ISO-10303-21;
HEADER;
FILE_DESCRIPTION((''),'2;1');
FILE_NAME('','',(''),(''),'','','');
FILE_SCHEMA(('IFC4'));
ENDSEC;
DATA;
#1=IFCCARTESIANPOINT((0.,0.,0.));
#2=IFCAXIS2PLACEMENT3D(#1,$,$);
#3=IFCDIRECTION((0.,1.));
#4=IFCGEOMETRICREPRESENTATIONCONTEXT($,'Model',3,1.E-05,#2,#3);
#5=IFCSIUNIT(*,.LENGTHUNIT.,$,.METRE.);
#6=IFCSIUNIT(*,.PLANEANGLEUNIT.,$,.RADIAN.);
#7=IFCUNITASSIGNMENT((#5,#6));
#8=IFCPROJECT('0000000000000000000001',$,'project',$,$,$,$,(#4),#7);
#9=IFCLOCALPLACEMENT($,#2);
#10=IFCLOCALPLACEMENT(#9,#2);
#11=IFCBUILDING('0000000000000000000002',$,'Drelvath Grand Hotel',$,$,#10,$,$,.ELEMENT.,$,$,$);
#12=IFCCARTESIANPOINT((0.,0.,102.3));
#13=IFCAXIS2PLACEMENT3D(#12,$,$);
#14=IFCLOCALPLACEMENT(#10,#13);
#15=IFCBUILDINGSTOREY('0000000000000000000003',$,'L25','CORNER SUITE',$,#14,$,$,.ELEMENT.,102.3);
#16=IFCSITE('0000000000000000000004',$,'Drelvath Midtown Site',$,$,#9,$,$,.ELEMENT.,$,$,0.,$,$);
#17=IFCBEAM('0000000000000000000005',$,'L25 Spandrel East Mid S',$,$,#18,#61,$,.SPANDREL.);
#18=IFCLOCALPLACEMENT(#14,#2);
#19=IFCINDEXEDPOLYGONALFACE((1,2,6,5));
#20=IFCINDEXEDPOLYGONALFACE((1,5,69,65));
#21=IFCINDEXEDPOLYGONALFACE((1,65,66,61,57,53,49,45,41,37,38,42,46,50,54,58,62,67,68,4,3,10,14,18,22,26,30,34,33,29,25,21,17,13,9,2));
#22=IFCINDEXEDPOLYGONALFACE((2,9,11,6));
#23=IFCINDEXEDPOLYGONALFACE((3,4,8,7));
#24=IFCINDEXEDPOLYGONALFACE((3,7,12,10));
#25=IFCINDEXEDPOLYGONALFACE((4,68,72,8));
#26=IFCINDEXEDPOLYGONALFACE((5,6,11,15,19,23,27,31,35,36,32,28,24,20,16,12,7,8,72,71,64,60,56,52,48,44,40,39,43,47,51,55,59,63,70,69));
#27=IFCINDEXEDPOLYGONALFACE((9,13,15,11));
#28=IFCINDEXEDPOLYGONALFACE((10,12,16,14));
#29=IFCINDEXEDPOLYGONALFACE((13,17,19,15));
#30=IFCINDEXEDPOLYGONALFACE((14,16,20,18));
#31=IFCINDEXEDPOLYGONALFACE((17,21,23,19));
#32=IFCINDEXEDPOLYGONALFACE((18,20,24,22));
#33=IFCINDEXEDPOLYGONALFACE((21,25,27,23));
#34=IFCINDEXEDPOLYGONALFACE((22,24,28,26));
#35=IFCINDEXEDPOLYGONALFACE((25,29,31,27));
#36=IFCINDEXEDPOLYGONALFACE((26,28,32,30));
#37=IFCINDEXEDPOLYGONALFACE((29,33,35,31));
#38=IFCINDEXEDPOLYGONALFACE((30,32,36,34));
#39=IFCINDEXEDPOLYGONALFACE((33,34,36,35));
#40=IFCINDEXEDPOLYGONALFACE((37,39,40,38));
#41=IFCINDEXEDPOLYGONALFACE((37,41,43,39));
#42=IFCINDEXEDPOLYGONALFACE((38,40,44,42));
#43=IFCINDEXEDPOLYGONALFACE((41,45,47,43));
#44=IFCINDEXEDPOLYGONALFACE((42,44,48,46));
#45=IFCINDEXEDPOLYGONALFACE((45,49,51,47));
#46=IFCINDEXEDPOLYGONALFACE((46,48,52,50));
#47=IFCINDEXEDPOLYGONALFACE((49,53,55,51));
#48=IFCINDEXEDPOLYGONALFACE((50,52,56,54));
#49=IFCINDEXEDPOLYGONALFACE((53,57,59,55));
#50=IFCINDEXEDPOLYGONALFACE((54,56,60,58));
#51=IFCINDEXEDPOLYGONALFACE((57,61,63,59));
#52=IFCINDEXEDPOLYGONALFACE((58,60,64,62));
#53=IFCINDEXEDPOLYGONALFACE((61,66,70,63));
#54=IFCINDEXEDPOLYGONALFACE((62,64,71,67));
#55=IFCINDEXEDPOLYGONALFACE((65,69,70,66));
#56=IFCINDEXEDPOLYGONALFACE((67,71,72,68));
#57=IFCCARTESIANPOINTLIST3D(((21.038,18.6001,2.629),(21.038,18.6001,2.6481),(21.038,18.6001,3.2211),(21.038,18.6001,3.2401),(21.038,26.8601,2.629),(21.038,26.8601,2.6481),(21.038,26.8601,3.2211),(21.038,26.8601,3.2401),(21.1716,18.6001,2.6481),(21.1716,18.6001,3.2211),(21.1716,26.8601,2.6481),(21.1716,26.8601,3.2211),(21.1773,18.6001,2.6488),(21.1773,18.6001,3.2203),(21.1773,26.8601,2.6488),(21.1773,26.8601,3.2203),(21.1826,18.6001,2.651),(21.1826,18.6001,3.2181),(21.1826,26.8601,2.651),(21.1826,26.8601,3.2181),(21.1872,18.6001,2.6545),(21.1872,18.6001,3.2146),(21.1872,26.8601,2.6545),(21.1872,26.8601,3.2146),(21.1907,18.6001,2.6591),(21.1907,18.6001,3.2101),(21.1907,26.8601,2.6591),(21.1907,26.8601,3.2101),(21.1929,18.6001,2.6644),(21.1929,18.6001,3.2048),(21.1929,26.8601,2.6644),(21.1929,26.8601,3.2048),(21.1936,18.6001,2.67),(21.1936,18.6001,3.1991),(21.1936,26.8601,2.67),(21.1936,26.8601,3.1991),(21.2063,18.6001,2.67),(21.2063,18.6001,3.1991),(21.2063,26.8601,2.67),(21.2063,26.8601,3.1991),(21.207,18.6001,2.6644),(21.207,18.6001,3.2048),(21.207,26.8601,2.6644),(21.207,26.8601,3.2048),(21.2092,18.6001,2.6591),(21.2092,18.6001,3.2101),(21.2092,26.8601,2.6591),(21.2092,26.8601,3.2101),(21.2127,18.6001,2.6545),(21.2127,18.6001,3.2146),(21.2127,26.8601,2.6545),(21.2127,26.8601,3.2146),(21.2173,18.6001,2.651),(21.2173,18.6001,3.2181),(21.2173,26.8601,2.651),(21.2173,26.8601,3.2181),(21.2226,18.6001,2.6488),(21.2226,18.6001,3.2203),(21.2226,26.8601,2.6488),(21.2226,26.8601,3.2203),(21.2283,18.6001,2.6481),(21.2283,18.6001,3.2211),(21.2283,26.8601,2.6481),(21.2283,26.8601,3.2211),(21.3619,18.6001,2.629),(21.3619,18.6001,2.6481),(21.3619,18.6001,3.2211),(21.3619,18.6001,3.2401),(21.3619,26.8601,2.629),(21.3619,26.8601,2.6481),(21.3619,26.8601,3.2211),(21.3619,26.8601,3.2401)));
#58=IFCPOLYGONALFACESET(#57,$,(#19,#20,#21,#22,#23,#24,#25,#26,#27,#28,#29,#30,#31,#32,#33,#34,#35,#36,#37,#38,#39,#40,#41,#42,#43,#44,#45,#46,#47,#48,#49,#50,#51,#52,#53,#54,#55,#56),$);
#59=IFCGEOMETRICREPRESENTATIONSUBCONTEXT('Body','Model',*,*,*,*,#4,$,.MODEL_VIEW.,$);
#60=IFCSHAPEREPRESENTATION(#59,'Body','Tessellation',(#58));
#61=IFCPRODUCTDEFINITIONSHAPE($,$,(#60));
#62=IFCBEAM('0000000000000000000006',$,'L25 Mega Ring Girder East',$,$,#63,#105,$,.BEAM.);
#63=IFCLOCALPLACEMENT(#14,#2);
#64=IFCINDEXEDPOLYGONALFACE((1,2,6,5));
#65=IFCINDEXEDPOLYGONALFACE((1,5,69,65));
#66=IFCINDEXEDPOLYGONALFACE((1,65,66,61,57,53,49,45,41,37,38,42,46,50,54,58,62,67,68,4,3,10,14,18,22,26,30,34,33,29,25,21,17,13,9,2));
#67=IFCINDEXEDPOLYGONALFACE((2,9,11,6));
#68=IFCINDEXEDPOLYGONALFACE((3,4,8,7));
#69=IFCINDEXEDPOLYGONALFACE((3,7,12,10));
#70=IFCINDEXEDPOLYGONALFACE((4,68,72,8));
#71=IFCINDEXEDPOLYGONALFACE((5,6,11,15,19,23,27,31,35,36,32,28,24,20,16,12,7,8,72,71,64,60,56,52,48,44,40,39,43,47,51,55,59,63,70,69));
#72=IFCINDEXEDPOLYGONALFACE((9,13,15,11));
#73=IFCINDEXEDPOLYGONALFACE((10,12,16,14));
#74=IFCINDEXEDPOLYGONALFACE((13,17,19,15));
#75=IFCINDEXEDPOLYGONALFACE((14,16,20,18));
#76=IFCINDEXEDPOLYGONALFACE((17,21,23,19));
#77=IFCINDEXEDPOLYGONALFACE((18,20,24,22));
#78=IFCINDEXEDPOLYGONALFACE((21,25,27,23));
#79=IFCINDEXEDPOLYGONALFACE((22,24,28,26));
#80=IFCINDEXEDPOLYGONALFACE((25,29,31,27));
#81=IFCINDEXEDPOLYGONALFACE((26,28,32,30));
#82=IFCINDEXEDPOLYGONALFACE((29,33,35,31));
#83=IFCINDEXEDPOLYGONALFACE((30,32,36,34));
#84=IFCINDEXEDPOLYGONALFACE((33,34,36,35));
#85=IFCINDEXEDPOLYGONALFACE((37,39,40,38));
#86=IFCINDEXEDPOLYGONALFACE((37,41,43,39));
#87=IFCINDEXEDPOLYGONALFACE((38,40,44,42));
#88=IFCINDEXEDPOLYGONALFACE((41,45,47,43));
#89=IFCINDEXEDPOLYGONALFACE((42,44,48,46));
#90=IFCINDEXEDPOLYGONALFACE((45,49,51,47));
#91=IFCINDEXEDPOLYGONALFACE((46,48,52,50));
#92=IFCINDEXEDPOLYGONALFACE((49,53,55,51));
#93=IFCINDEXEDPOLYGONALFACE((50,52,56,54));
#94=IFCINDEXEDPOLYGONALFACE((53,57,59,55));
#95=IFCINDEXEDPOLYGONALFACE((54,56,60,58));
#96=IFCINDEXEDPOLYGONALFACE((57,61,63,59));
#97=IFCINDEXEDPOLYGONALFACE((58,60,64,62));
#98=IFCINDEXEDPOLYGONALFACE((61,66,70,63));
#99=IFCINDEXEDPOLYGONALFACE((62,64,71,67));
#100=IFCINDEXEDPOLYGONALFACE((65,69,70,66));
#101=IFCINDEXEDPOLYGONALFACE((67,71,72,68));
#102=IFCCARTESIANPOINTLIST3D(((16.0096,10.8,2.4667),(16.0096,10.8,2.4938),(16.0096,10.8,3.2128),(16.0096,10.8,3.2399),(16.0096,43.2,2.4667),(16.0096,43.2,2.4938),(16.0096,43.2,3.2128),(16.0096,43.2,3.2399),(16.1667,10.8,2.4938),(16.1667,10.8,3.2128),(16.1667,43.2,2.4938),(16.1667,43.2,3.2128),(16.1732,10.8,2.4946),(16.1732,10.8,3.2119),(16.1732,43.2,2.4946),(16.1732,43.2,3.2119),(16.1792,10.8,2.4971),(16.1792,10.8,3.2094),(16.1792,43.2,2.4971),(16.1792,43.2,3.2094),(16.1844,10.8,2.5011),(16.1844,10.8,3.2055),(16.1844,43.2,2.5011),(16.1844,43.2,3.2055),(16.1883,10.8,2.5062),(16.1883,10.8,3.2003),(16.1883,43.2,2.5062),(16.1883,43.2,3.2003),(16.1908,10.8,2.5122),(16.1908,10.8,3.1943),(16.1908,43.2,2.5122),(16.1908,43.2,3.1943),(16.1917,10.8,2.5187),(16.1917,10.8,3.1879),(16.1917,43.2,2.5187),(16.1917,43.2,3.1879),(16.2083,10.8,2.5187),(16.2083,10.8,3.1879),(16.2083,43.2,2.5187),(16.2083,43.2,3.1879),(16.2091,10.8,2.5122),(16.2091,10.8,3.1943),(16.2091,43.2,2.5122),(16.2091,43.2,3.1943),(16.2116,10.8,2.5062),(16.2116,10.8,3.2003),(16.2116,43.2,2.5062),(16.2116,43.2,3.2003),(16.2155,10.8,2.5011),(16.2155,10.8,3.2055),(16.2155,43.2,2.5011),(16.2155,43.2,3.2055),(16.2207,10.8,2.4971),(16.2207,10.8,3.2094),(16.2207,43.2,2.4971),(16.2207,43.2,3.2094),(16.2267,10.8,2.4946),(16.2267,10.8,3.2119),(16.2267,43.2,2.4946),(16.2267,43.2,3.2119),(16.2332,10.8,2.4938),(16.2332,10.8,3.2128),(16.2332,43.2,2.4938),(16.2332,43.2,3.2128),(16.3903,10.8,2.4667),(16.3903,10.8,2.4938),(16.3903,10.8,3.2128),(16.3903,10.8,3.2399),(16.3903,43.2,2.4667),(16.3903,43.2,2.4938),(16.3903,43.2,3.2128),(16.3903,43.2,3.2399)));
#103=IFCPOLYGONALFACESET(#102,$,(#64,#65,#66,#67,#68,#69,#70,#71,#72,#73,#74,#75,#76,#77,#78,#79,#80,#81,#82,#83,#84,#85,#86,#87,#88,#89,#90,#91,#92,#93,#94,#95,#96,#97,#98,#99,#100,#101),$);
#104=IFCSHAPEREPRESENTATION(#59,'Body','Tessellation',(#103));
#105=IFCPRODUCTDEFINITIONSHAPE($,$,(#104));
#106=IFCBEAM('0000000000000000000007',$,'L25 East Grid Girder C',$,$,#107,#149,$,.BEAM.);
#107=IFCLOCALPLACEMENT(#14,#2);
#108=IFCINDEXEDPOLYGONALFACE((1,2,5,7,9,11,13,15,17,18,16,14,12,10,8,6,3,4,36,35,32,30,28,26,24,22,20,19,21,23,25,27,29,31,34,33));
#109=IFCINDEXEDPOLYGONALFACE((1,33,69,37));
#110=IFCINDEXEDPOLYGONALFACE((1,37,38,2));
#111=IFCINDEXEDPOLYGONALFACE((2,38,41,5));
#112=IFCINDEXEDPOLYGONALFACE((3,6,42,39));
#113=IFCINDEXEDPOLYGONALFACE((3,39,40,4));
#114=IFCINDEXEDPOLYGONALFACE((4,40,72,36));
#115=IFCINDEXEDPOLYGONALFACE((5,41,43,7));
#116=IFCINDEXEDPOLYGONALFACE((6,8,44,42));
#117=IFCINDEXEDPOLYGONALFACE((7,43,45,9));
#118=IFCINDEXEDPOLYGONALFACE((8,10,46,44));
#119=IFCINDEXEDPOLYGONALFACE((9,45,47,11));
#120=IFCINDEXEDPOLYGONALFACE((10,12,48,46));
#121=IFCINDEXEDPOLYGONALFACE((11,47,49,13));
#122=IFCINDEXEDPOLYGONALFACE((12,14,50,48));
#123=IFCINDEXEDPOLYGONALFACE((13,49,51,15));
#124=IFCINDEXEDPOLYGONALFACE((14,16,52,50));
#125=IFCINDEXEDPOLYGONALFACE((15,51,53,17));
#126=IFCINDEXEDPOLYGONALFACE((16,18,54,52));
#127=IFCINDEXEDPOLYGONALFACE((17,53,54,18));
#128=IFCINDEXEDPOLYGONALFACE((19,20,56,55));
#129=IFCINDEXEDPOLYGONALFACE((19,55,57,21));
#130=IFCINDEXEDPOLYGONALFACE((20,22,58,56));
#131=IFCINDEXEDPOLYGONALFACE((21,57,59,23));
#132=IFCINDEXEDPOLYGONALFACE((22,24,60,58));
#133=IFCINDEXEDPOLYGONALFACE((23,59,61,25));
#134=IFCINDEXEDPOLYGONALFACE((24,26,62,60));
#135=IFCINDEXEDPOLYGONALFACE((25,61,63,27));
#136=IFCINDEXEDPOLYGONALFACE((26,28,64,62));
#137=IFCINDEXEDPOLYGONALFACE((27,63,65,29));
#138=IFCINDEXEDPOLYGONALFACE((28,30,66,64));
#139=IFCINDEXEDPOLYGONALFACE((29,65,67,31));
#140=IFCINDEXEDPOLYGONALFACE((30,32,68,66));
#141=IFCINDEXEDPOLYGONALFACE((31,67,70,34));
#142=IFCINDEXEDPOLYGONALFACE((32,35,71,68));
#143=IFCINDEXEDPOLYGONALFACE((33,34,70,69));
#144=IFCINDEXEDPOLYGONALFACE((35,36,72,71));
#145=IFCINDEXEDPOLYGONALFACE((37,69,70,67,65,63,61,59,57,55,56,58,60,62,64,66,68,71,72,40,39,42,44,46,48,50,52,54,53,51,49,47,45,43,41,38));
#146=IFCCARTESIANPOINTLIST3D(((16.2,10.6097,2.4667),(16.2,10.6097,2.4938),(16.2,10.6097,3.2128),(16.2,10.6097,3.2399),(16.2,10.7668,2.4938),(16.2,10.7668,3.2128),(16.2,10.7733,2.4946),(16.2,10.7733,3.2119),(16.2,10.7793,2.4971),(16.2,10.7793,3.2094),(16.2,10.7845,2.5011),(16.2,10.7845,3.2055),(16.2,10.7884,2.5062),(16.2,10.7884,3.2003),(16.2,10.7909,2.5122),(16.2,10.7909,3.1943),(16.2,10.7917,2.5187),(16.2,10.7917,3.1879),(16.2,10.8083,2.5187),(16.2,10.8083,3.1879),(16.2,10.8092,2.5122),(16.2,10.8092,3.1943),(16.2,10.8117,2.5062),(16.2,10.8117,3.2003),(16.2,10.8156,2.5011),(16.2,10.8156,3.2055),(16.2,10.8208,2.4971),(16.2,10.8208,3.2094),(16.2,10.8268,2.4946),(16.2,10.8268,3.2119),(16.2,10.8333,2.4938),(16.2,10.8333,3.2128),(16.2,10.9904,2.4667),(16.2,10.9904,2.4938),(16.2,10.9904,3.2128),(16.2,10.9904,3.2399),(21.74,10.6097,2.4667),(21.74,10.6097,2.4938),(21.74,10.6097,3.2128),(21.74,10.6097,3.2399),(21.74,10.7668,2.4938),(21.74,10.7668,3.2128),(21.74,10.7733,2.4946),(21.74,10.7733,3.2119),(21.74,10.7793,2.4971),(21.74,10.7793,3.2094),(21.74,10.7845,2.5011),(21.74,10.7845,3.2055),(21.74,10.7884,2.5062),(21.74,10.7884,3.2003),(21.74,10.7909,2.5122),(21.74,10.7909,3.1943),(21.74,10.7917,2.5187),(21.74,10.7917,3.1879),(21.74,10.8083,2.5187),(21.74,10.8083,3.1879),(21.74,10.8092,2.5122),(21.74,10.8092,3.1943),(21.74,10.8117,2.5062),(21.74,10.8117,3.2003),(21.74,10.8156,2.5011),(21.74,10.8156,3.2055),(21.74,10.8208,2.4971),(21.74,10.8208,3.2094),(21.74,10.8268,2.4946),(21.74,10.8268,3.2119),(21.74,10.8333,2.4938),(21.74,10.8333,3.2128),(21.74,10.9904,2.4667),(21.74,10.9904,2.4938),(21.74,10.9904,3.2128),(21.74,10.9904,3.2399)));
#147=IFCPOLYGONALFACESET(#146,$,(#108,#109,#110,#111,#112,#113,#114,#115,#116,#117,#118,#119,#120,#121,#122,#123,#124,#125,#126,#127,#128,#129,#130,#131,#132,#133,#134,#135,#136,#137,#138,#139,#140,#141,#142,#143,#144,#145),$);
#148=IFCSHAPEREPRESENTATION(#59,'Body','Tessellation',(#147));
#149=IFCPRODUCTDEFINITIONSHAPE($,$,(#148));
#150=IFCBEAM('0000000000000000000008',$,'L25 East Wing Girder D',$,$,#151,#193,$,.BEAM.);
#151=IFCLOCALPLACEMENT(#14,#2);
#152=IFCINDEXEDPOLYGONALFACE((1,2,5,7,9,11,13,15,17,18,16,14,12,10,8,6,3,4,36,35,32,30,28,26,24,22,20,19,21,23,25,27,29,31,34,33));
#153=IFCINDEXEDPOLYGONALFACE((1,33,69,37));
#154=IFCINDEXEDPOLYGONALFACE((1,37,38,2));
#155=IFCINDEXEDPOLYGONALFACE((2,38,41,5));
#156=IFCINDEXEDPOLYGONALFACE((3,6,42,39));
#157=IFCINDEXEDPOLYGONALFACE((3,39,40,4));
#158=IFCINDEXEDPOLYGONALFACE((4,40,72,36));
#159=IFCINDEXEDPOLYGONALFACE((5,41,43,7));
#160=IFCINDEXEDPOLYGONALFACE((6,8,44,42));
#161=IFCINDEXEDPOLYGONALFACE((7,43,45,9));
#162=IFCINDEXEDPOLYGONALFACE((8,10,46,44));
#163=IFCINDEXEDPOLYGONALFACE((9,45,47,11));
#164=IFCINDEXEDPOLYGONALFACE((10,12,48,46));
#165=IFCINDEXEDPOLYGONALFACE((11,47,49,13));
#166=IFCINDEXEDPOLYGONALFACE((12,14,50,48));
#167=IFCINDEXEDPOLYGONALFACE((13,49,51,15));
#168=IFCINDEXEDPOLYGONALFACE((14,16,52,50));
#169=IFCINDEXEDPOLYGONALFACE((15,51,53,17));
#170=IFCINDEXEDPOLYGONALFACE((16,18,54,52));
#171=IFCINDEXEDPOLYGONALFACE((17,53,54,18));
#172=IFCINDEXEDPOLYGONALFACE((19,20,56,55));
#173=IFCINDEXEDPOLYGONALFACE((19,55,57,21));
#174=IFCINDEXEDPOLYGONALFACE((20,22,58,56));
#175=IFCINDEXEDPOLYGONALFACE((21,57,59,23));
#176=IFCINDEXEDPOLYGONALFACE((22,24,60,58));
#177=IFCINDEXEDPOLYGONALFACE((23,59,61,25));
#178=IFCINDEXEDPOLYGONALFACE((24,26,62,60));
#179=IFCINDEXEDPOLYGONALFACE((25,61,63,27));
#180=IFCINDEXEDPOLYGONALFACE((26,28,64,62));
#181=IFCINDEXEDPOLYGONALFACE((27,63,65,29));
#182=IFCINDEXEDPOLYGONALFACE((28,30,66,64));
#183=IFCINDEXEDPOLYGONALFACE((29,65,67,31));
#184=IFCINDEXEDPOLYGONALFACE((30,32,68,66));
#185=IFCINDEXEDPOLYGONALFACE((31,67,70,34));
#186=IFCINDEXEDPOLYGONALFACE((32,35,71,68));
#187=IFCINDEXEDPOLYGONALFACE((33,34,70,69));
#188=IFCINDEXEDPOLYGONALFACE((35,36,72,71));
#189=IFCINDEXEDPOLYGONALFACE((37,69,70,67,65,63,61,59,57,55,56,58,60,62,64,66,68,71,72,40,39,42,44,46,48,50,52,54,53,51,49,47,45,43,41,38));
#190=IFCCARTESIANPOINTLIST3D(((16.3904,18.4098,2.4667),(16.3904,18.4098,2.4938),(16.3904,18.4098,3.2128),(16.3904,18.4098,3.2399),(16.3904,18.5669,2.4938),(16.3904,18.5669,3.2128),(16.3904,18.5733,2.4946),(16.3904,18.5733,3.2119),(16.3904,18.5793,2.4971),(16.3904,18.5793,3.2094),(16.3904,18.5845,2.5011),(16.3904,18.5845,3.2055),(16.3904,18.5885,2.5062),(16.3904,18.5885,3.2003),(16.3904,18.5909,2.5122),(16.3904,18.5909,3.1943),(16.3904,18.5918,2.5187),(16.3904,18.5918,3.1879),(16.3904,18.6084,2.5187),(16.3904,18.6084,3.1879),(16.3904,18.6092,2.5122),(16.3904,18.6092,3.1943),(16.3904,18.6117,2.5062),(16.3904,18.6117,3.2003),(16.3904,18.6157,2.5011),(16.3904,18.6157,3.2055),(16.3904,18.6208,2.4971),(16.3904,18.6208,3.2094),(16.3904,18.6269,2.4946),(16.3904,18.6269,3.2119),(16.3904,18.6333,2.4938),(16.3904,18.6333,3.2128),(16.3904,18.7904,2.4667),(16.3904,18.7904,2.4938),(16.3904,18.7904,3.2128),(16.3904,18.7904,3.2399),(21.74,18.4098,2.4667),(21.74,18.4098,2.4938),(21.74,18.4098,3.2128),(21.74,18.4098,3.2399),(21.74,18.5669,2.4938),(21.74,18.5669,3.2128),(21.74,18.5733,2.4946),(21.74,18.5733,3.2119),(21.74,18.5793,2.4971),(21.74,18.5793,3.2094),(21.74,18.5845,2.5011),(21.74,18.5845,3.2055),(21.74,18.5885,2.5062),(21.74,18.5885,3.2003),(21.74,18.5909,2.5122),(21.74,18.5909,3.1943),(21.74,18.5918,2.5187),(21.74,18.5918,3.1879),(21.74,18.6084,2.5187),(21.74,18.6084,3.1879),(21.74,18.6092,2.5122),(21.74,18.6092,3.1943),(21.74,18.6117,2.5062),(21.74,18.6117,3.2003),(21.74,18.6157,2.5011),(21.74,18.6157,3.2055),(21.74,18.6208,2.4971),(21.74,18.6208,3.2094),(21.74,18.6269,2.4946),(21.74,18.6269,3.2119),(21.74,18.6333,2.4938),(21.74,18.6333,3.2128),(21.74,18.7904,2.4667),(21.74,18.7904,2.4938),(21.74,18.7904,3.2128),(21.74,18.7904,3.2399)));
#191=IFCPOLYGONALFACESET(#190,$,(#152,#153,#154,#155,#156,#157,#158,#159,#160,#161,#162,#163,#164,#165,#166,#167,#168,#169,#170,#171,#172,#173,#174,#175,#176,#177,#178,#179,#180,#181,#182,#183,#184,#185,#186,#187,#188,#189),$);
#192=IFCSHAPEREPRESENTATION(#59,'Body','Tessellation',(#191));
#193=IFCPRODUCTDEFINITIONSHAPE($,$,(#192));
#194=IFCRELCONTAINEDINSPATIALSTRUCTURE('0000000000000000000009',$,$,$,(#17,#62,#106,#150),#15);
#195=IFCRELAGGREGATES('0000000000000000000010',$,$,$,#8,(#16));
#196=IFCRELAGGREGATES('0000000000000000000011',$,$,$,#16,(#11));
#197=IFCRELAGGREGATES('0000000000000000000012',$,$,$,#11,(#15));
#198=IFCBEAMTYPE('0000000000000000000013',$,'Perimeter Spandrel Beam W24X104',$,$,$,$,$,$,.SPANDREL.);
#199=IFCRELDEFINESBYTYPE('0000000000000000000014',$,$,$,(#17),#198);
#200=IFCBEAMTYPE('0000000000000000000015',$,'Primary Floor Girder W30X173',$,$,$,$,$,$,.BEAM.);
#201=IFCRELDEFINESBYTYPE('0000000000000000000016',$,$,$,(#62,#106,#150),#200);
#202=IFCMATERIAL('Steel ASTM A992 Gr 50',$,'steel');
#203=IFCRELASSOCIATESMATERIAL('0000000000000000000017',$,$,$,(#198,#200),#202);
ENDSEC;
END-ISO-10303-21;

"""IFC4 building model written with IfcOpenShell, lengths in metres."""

from ifc_helpers import new_model, si_unit, direction, frame, origin, origin_2d, place, context, subcontext, project, spatial, i_section, extrude, material, material_profile, profile_set, type_object, element, save


model = new_model("IFC4")

# Units and contexts
model_context = context("Model", 3, precision=1e-05, world=origin(), true_north=direction((0.0, 1.0)))
body_context = subcontext(model_context, "Body", "Model", "MODEL_VIEW")
ifc_project = project(units=[si_unit("LENGTHUNIT", "METRE"), si_unit("PLANEANGLEUNIT", "RADIAN")], contexts=[model_context])

# Site, building, storey
site_placement = place(None, origin())
site = spatial("IfcSite", under=ifc_project, at=site_placement, Name="Drelvath Midtown Site", CompositionType="ELEMENT", RefElevation=0.0)
building_placement = place(site_placement, origin())
building = spatial("IfcBuilding", under=site, at=building_placement, Name="Drelvath Grand Hotel", CompositionType="ELEMENT")
storey_placement = place(building_placement, frame((0.0, 0.0, 102.3)))
storey = spatial("IfcBuildingStorey", under=building, at=storey_placement, Name="L25", Description="CORNER SUITE", CompositionType="ELEMENT", Elevation=102.3)

# Shared definitions
ifc_material_1 = material(Name="Steel ASTM A992 Gr 50", Category="steel")

# Beams
ifc_material_profile_1 = material_profile(ifc_material_1, i_section(OverallWidth=0.324, OverallDepth=0.6111, WebThickness=0.0127, FlangeThickness=0.019, FilletRadius=0.022, at=origin_2d()), Name="W24X104")
ifc_profile_set_1 = profile_set([ifc_material_profile_1], Name="Steel ASTM A992 Gr 50")
beam_type_1 = type_object("IfcBeamType", Name="Perimeter Spandrel Beam W24X104", PredefinedType="SPANDREL", material=ifc_profile_set_1)
beam_1_placement = place(storey_placement, frame((21.2, 18.6001, 2.9346), z_axis=(0.0, 1.0, 0.0), x_axis=(-1.0, 0.0, 0.0)))
element("IfcBeam", 1, at=beam_1_placement, inside=storey, type_object=beam_type_1, Name="L25 Spandrel East Mid S", PredefinedType="SPANDREL", context=body_context, shape_type="SweptSolid", body=[
    extrude(i_section(OverallWidth=0.324, OverallDepth=0.6111, WebThickness=0.0127, FlangeThickness=0.019, FilletRadius=0.022, at=origin_2d()), origin(), (0.0, 0.0, 1.0), 8.26),
])
ifc_material_profile_2 = material_profile(ifc_material_1, i_section(OverallWidth=0.3806, OverallDepth=0.7732, WebThickness=0.0166, FlangeThickness=0.0271, FilletRadius=0.0249, at=origin_2d()), Name="W30X173")
ifc_profile_set_2 = profile_set([ifc_material_profile_2], Name="Steel ASTM A992 Gr 50")
beam_type_2 = type_object("IfcBeamType", Name="Primary Floor Girder W30X173", PredefinedType="BEAM", material=ifc_profile_set_2)
beam_2_placement = place(storey_placement, frame((16.2, 10.8, 2.8533), z_axis=(0.0, 1.0, 0.0), x_axis=(-1.0, 0.0, 0.0)))
element("IfcBeam", 2, at=beam_2_placement, inside=storey, type_object=beam_type_2, Name="L25 Mega Ring Girder East", PredefinedType="BEAM", context=body_context, shape_type="SweptSolid", body=[
    extrude(i_section(OverallWidth=0.3806, OverallDepth=0.7732, WebThickness=0.0166, FlangeThickness=0.0271, FilletRadius=0.0249, at=origin_2d()), origin(), (0.0, 0.0, 1.0), 32.3999),
])
beam_3_placement = place(storey_placement, frame((16.2, 10.8, 2.8533), z_axis=(1.0, 0.0, 0.0), x_axis=(0.0, 1.0, 0.0)))
element("IfcBeam", 3, at=beam_3_placement, inside=storey, type_object=beam_type_2, Name="L25 East Grid Girder C", PredefinedType="BEAM", context=body_context, shape_type="SweptSolid", body=[
    extrude(i_section(OverallWidth=0.3806, OverallDepth=0.7732, WebThickness=0.0166, FlangeThickness=0.0271, FilletRadius=0.0249, at=origin_2d()), origin(), (0.0, 0.0, 1.0), 5.54),
])
beam_4_placement = place(storey_placement, frame((16.3904, 18.6001, 2.8533), z_axis=(1.0, 0.0, 0.0), x_axis=(0.0, 1.0, 0.0)))
element("IfcBeam", 4, at=beam_4_placement, inside=storey, type_object=beam_type_2, Name="L25 East Wing Girder D", PredefinedType="BEAM", context=body_context, shape_type="SweptSolid", body=[
    extrude(i_section(OverallWidth=0.3806, OverallDepth=0.7732, WebThickness=0.0166, FlangeThickness=0.0271, FilletRadius=0.0249, at=origin_2d()), origin(), (0.0, 0.0, 1.0), 5.3496),
])

save(model, "model.ifc")
